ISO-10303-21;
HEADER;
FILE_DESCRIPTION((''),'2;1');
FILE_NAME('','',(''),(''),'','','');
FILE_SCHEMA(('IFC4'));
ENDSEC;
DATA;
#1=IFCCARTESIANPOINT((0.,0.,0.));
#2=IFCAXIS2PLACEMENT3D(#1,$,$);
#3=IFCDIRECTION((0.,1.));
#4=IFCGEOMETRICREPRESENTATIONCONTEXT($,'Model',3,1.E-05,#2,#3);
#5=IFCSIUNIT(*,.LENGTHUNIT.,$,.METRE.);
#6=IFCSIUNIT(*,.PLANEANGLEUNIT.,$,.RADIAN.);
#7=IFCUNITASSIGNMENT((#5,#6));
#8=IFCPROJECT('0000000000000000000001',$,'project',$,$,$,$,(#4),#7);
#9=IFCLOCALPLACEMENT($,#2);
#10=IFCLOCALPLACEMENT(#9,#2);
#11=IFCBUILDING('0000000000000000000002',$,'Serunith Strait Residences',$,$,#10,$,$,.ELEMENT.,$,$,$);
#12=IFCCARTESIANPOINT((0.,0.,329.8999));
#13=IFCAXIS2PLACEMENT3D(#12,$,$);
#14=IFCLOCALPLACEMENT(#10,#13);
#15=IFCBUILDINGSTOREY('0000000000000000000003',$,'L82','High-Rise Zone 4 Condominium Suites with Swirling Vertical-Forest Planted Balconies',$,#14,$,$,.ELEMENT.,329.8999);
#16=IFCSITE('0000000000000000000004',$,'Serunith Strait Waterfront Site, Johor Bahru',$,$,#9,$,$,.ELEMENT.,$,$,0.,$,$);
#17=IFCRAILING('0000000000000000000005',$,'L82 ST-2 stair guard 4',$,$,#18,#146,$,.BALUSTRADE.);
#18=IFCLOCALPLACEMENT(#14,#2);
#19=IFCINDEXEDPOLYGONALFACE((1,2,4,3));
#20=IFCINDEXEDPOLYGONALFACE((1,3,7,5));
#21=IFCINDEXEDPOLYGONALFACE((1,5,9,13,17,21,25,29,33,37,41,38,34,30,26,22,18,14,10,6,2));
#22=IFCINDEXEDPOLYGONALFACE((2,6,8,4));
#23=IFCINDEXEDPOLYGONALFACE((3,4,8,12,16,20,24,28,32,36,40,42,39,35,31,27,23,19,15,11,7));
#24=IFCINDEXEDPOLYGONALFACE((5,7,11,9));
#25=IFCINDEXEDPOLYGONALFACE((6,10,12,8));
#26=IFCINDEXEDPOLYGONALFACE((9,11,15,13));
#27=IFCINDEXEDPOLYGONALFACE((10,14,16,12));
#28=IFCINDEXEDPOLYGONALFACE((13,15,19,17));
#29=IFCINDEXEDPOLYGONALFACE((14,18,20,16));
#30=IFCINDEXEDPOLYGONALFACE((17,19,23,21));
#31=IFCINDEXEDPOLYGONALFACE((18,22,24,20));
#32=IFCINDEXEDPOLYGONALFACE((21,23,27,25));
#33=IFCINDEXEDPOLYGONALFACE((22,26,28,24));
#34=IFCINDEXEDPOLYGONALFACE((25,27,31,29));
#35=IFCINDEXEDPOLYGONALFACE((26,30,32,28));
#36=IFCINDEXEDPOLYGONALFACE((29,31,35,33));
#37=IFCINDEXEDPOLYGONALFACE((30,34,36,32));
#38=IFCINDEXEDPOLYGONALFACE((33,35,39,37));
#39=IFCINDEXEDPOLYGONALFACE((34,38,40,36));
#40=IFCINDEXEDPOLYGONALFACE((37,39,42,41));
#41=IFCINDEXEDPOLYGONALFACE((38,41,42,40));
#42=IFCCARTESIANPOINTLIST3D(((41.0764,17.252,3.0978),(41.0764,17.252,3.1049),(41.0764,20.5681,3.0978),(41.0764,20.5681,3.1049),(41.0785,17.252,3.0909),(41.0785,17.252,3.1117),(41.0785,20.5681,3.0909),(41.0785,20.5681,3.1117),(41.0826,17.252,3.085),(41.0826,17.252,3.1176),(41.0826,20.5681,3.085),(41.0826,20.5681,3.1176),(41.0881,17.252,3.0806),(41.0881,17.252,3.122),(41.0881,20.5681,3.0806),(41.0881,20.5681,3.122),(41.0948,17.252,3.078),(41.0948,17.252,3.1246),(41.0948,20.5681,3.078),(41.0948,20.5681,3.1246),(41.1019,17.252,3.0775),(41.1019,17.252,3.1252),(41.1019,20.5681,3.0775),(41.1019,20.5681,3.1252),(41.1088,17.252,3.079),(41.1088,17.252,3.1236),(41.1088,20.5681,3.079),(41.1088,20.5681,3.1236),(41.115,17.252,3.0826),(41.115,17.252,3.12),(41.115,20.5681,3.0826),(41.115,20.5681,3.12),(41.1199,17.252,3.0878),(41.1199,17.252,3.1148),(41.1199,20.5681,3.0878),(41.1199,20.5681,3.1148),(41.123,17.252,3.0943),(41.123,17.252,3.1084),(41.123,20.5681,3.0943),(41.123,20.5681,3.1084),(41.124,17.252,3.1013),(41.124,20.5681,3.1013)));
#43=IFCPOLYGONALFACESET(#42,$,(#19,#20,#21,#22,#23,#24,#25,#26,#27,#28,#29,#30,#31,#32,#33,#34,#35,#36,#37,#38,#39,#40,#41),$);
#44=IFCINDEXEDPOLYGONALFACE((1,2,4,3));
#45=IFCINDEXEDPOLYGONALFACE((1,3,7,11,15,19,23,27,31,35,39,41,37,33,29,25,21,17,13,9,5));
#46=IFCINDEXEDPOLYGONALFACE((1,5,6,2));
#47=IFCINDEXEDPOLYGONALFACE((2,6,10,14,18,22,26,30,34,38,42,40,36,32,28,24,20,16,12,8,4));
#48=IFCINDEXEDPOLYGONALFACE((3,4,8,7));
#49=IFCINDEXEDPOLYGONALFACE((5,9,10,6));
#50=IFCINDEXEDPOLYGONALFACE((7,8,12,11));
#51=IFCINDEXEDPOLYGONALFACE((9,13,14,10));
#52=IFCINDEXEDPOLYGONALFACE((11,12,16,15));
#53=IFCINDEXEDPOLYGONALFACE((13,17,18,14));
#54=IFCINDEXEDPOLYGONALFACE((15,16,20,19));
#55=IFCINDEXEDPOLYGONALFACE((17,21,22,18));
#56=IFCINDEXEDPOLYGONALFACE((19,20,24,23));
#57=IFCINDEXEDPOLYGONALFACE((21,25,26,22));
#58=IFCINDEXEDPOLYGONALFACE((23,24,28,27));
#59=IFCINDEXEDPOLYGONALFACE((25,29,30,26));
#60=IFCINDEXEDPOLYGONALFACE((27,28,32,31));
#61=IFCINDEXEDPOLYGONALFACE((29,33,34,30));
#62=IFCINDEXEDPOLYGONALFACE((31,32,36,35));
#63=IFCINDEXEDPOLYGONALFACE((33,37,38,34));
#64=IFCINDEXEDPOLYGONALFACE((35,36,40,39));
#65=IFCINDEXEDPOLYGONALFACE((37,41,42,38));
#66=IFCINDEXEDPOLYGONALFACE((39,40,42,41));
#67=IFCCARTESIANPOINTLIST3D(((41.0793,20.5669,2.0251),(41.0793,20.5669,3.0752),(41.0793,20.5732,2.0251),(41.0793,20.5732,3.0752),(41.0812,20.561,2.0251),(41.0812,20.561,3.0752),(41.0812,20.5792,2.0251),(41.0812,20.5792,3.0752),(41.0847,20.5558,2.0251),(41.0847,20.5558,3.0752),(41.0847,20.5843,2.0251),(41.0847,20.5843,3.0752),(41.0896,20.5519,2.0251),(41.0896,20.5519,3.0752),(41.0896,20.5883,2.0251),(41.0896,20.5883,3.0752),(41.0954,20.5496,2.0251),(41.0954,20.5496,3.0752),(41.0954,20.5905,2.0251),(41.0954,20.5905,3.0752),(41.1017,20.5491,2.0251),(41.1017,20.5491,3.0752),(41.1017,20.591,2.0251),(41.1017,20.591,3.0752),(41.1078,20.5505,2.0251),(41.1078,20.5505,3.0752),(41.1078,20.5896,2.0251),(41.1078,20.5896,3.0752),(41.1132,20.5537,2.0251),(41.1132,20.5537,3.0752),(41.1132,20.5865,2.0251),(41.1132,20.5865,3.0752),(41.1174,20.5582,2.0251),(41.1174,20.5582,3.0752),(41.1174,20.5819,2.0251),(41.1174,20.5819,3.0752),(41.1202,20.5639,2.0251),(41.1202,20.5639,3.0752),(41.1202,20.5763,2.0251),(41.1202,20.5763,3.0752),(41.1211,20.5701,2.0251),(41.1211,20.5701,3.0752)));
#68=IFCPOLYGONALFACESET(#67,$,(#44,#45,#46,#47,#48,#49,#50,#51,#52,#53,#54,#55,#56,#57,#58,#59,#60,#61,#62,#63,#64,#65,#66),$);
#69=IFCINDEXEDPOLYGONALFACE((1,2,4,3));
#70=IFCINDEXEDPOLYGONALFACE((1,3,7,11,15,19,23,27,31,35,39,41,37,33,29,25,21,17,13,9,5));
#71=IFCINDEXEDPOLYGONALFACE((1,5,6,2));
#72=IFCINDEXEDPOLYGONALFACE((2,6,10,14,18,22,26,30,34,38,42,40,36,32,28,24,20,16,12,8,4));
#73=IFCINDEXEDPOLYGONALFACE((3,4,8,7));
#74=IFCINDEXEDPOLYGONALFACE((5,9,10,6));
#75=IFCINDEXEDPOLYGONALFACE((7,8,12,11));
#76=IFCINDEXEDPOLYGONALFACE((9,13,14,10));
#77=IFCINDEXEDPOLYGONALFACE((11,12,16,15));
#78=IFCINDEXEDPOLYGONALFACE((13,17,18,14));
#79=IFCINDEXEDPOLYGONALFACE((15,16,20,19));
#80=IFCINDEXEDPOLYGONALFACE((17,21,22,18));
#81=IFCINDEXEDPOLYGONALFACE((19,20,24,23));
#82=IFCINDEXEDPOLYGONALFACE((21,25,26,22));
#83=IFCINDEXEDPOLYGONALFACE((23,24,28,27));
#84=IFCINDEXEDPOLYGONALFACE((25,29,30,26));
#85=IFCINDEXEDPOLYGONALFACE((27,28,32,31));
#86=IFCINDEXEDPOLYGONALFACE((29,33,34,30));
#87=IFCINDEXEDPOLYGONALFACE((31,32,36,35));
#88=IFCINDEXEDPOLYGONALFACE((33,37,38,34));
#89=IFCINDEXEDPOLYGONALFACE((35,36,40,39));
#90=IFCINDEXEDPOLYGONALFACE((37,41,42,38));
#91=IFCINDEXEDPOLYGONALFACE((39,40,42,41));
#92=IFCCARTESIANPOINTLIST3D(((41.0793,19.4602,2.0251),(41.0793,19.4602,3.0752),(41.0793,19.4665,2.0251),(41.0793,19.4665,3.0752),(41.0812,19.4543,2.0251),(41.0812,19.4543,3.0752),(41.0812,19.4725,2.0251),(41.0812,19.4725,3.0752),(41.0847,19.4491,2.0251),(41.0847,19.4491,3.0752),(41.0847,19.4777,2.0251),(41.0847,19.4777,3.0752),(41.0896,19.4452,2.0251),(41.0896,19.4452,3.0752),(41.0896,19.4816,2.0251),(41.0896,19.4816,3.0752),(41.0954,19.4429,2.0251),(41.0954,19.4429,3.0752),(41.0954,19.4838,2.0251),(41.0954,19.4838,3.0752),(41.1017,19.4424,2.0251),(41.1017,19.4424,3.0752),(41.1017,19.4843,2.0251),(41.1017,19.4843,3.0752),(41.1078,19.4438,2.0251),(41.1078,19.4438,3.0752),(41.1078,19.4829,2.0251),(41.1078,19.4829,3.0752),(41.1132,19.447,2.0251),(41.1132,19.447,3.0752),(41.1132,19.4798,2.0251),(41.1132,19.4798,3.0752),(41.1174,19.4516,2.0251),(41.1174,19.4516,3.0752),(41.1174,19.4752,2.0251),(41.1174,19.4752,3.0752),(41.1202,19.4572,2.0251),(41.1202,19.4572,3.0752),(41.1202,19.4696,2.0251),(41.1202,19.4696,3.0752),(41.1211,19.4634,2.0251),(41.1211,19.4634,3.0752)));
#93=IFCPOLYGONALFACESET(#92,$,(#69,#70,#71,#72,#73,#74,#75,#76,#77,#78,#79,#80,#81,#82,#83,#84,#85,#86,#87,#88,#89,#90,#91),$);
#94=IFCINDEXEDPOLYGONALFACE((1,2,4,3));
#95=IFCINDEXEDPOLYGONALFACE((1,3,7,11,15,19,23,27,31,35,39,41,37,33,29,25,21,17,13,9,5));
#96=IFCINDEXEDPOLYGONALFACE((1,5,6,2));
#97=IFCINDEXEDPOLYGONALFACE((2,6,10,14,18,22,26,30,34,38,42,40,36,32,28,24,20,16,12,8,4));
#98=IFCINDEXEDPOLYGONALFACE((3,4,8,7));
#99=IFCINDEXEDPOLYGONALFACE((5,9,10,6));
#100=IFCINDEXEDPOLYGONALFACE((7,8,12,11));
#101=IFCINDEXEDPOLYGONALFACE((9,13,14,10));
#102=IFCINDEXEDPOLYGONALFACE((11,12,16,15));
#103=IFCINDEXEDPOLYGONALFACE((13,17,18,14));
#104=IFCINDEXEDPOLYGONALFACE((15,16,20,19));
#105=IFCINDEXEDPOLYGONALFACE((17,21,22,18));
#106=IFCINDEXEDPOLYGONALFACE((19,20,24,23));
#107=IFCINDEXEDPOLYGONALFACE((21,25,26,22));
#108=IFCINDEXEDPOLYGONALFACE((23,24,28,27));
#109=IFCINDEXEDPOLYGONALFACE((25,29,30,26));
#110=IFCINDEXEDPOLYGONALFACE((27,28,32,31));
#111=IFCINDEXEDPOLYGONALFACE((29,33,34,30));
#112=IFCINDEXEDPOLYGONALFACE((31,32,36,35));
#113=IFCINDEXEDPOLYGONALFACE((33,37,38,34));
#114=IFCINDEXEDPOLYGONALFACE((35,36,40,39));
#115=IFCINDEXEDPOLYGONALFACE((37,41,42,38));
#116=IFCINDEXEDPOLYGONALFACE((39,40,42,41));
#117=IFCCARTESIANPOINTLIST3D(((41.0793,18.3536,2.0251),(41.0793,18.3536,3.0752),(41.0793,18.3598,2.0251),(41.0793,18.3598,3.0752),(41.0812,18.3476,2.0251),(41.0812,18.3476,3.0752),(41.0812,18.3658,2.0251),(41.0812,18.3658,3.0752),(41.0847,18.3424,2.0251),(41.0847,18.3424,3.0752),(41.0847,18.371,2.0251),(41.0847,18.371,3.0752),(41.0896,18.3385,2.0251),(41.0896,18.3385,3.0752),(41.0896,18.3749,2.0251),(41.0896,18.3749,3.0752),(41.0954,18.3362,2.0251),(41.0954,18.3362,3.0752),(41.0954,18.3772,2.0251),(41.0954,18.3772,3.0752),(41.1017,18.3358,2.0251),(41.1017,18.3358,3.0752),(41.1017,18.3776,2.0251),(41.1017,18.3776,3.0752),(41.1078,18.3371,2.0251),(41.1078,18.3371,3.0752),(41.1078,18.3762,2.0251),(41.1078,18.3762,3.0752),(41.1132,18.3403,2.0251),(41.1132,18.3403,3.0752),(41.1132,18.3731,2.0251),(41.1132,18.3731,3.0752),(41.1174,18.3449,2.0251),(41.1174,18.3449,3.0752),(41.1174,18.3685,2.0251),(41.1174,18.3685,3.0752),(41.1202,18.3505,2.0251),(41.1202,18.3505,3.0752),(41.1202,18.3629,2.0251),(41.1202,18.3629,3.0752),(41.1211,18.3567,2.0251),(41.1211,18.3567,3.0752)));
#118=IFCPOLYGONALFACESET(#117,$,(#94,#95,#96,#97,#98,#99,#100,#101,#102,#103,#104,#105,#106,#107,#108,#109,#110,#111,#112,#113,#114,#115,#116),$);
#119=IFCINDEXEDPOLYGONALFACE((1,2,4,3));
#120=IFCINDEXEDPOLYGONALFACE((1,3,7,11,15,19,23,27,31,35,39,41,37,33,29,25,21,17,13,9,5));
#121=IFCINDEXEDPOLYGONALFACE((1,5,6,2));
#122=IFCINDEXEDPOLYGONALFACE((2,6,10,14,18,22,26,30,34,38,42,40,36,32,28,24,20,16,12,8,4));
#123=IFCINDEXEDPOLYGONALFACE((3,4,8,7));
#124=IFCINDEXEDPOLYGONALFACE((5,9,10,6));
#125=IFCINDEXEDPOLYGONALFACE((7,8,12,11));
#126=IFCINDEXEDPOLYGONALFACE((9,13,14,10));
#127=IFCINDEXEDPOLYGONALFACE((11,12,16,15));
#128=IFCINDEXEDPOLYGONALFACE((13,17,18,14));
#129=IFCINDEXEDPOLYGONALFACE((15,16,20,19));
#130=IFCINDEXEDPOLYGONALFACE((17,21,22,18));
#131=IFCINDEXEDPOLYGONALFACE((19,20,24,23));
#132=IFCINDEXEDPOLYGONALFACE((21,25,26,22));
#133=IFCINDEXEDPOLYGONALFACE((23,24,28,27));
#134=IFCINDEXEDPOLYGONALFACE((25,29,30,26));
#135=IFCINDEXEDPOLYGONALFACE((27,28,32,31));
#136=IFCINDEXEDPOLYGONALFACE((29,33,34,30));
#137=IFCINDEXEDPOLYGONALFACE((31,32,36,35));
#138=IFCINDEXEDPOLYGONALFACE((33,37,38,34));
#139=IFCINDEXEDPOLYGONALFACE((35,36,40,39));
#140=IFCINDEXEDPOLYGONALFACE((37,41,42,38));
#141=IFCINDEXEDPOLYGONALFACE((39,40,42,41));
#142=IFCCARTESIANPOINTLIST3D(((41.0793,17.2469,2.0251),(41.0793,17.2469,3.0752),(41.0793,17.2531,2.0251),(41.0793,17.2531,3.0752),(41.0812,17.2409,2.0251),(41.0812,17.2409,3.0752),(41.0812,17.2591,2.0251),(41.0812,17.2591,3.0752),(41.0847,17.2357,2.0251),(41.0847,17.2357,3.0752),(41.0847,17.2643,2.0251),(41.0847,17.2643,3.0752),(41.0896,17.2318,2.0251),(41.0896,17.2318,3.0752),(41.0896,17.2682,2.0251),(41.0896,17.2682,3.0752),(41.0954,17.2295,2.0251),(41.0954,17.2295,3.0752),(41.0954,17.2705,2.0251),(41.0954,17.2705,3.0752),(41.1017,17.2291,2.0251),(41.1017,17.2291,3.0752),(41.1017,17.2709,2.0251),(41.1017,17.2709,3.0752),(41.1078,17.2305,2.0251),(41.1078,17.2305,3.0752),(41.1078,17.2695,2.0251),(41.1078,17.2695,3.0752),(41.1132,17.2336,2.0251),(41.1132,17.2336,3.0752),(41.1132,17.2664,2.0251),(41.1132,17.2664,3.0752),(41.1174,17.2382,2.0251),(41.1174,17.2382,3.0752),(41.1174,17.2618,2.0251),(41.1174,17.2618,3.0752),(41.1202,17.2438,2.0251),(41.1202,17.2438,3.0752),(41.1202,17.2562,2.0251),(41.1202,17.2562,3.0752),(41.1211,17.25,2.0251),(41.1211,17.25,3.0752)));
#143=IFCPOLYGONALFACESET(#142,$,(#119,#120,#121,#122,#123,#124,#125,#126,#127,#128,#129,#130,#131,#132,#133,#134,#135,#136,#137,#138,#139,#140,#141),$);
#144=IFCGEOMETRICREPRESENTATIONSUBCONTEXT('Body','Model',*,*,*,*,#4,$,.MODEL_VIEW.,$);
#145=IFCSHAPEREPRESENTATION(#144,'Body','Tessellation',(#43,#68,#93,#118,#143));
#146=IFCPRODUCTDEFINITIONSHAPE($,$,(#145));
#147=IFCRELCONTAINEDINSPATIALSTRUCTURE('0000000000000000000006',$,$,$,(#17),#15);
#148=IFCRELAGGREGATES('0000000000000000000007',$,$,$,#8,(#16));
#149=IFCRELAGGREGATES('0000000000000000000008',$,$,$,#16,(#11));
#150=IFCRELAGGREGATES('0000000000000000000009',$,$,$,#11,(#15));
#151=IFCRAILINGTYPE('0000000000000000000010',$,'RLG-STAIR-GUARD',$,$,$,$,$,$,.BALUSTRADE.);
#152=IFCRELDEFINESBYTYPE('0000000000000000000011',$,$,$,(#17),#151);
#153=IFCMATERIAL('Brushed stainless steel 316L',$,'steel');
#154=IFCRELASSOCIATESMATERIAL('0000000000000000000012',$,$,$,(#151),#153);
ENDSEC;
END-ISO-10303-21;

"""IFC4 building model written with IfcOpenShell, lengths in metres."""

from ifc_helpers import new_model, si_unit, direction, frame, origin, origin_2d, place, context, subcontext, project, spatial, circle, extrude, material, type_object, element, save


model = new_model("IFC4")

# Units and contexts
model_context = context("Model", 3, precision=1e-05, world=origin(), true_north=direction((0.0, 1.0)))
body_context = subcontext(model_context, "Body", "Model", "MODEL_VIEW")
ifc_project = project(units=[si_unit("LENGTHUNIT", "METRE"), si_unit("PLANEANGLEUNIT", "RADIAN")], contexts=[model_context])

# Site, building, storey
site_placement = place(None, origin())
site = spatial("IfcSite", under=ifc_project, at=site_placement, Name="Serunith Strait Waterfront Site, Johor Bahru", CompositionType="ELEMENT", RefElevation=0.0)
building_placement = place(site_placement, origin())
building = spatial("IfcBuilding", under=site, at=building_placement, Name="Serunith Strait Residences", CompositionType="ELEMENT")
storey_placement = place(building_placement, frame((0.0, 0.0, 329.8999)))
storey = spatial("IfcBuildingStorey", under=building, at=storey_placement, Name="L82", Description="High-Rise Zone 4 Condominium Suites with Swirling Vertical-Forest Planted Balconies", CompositionType="ELEMENT", Elevation=329.8999)

# Railing
ifc_material_1 = material(Name="Brushed stainless steel 316L", Category="steel")
railing_type_1 = type_object("IfcRailingType", Name="RLG-STAIR-GUARD", PredefinedType="BALUSTRADE", material=ifc_material_1)
for number, where, name in (
    (1, (41.1001, 20.5701, 2.0251), "L82 ST-2 stair guard 4"),
):
    element("IfcRailing", number, at=place(storey_placement, frame(where)), inside=storey, type_object=railing_type_1, Name=name, PredefinedType="BALUSTRADE", context=body_context, shape_type="SweptSolid", body=[
        extrude(circle(Radius=0.0239, at=origin_2d()), frame((0.0, -0.002, 1.0762), z_axis=(0.0, -1.0, 0.0), x_axis=(1.0, 0.0, 0.0)), (0.0, 0.0, 1.0), 3.3162),
        extrude(circle(Radius=0.021, at=origin_2d()), origin(), (0.0, 0.0, 1.0), 1.05),
        extrude(circle(Radius=0.021, at=origin_2d()), frame((0.0, -1.1067, 0.0)), (0.0, 0.0, 1.0), 1.05),
        extrude(circle(Radius=0.021, at=origin_2d()), frame((0.0, -2.2134, 0.0)), (0.0, 0.0, 1.0), 1.05),
        extrude(circle(Radius=0.021, at=origin_2d()), frame((0.0, -3.3201, 0.0)), (0.0, 0.0, 1.0), 1.05),
    ])

save(model, "model.ifc")
